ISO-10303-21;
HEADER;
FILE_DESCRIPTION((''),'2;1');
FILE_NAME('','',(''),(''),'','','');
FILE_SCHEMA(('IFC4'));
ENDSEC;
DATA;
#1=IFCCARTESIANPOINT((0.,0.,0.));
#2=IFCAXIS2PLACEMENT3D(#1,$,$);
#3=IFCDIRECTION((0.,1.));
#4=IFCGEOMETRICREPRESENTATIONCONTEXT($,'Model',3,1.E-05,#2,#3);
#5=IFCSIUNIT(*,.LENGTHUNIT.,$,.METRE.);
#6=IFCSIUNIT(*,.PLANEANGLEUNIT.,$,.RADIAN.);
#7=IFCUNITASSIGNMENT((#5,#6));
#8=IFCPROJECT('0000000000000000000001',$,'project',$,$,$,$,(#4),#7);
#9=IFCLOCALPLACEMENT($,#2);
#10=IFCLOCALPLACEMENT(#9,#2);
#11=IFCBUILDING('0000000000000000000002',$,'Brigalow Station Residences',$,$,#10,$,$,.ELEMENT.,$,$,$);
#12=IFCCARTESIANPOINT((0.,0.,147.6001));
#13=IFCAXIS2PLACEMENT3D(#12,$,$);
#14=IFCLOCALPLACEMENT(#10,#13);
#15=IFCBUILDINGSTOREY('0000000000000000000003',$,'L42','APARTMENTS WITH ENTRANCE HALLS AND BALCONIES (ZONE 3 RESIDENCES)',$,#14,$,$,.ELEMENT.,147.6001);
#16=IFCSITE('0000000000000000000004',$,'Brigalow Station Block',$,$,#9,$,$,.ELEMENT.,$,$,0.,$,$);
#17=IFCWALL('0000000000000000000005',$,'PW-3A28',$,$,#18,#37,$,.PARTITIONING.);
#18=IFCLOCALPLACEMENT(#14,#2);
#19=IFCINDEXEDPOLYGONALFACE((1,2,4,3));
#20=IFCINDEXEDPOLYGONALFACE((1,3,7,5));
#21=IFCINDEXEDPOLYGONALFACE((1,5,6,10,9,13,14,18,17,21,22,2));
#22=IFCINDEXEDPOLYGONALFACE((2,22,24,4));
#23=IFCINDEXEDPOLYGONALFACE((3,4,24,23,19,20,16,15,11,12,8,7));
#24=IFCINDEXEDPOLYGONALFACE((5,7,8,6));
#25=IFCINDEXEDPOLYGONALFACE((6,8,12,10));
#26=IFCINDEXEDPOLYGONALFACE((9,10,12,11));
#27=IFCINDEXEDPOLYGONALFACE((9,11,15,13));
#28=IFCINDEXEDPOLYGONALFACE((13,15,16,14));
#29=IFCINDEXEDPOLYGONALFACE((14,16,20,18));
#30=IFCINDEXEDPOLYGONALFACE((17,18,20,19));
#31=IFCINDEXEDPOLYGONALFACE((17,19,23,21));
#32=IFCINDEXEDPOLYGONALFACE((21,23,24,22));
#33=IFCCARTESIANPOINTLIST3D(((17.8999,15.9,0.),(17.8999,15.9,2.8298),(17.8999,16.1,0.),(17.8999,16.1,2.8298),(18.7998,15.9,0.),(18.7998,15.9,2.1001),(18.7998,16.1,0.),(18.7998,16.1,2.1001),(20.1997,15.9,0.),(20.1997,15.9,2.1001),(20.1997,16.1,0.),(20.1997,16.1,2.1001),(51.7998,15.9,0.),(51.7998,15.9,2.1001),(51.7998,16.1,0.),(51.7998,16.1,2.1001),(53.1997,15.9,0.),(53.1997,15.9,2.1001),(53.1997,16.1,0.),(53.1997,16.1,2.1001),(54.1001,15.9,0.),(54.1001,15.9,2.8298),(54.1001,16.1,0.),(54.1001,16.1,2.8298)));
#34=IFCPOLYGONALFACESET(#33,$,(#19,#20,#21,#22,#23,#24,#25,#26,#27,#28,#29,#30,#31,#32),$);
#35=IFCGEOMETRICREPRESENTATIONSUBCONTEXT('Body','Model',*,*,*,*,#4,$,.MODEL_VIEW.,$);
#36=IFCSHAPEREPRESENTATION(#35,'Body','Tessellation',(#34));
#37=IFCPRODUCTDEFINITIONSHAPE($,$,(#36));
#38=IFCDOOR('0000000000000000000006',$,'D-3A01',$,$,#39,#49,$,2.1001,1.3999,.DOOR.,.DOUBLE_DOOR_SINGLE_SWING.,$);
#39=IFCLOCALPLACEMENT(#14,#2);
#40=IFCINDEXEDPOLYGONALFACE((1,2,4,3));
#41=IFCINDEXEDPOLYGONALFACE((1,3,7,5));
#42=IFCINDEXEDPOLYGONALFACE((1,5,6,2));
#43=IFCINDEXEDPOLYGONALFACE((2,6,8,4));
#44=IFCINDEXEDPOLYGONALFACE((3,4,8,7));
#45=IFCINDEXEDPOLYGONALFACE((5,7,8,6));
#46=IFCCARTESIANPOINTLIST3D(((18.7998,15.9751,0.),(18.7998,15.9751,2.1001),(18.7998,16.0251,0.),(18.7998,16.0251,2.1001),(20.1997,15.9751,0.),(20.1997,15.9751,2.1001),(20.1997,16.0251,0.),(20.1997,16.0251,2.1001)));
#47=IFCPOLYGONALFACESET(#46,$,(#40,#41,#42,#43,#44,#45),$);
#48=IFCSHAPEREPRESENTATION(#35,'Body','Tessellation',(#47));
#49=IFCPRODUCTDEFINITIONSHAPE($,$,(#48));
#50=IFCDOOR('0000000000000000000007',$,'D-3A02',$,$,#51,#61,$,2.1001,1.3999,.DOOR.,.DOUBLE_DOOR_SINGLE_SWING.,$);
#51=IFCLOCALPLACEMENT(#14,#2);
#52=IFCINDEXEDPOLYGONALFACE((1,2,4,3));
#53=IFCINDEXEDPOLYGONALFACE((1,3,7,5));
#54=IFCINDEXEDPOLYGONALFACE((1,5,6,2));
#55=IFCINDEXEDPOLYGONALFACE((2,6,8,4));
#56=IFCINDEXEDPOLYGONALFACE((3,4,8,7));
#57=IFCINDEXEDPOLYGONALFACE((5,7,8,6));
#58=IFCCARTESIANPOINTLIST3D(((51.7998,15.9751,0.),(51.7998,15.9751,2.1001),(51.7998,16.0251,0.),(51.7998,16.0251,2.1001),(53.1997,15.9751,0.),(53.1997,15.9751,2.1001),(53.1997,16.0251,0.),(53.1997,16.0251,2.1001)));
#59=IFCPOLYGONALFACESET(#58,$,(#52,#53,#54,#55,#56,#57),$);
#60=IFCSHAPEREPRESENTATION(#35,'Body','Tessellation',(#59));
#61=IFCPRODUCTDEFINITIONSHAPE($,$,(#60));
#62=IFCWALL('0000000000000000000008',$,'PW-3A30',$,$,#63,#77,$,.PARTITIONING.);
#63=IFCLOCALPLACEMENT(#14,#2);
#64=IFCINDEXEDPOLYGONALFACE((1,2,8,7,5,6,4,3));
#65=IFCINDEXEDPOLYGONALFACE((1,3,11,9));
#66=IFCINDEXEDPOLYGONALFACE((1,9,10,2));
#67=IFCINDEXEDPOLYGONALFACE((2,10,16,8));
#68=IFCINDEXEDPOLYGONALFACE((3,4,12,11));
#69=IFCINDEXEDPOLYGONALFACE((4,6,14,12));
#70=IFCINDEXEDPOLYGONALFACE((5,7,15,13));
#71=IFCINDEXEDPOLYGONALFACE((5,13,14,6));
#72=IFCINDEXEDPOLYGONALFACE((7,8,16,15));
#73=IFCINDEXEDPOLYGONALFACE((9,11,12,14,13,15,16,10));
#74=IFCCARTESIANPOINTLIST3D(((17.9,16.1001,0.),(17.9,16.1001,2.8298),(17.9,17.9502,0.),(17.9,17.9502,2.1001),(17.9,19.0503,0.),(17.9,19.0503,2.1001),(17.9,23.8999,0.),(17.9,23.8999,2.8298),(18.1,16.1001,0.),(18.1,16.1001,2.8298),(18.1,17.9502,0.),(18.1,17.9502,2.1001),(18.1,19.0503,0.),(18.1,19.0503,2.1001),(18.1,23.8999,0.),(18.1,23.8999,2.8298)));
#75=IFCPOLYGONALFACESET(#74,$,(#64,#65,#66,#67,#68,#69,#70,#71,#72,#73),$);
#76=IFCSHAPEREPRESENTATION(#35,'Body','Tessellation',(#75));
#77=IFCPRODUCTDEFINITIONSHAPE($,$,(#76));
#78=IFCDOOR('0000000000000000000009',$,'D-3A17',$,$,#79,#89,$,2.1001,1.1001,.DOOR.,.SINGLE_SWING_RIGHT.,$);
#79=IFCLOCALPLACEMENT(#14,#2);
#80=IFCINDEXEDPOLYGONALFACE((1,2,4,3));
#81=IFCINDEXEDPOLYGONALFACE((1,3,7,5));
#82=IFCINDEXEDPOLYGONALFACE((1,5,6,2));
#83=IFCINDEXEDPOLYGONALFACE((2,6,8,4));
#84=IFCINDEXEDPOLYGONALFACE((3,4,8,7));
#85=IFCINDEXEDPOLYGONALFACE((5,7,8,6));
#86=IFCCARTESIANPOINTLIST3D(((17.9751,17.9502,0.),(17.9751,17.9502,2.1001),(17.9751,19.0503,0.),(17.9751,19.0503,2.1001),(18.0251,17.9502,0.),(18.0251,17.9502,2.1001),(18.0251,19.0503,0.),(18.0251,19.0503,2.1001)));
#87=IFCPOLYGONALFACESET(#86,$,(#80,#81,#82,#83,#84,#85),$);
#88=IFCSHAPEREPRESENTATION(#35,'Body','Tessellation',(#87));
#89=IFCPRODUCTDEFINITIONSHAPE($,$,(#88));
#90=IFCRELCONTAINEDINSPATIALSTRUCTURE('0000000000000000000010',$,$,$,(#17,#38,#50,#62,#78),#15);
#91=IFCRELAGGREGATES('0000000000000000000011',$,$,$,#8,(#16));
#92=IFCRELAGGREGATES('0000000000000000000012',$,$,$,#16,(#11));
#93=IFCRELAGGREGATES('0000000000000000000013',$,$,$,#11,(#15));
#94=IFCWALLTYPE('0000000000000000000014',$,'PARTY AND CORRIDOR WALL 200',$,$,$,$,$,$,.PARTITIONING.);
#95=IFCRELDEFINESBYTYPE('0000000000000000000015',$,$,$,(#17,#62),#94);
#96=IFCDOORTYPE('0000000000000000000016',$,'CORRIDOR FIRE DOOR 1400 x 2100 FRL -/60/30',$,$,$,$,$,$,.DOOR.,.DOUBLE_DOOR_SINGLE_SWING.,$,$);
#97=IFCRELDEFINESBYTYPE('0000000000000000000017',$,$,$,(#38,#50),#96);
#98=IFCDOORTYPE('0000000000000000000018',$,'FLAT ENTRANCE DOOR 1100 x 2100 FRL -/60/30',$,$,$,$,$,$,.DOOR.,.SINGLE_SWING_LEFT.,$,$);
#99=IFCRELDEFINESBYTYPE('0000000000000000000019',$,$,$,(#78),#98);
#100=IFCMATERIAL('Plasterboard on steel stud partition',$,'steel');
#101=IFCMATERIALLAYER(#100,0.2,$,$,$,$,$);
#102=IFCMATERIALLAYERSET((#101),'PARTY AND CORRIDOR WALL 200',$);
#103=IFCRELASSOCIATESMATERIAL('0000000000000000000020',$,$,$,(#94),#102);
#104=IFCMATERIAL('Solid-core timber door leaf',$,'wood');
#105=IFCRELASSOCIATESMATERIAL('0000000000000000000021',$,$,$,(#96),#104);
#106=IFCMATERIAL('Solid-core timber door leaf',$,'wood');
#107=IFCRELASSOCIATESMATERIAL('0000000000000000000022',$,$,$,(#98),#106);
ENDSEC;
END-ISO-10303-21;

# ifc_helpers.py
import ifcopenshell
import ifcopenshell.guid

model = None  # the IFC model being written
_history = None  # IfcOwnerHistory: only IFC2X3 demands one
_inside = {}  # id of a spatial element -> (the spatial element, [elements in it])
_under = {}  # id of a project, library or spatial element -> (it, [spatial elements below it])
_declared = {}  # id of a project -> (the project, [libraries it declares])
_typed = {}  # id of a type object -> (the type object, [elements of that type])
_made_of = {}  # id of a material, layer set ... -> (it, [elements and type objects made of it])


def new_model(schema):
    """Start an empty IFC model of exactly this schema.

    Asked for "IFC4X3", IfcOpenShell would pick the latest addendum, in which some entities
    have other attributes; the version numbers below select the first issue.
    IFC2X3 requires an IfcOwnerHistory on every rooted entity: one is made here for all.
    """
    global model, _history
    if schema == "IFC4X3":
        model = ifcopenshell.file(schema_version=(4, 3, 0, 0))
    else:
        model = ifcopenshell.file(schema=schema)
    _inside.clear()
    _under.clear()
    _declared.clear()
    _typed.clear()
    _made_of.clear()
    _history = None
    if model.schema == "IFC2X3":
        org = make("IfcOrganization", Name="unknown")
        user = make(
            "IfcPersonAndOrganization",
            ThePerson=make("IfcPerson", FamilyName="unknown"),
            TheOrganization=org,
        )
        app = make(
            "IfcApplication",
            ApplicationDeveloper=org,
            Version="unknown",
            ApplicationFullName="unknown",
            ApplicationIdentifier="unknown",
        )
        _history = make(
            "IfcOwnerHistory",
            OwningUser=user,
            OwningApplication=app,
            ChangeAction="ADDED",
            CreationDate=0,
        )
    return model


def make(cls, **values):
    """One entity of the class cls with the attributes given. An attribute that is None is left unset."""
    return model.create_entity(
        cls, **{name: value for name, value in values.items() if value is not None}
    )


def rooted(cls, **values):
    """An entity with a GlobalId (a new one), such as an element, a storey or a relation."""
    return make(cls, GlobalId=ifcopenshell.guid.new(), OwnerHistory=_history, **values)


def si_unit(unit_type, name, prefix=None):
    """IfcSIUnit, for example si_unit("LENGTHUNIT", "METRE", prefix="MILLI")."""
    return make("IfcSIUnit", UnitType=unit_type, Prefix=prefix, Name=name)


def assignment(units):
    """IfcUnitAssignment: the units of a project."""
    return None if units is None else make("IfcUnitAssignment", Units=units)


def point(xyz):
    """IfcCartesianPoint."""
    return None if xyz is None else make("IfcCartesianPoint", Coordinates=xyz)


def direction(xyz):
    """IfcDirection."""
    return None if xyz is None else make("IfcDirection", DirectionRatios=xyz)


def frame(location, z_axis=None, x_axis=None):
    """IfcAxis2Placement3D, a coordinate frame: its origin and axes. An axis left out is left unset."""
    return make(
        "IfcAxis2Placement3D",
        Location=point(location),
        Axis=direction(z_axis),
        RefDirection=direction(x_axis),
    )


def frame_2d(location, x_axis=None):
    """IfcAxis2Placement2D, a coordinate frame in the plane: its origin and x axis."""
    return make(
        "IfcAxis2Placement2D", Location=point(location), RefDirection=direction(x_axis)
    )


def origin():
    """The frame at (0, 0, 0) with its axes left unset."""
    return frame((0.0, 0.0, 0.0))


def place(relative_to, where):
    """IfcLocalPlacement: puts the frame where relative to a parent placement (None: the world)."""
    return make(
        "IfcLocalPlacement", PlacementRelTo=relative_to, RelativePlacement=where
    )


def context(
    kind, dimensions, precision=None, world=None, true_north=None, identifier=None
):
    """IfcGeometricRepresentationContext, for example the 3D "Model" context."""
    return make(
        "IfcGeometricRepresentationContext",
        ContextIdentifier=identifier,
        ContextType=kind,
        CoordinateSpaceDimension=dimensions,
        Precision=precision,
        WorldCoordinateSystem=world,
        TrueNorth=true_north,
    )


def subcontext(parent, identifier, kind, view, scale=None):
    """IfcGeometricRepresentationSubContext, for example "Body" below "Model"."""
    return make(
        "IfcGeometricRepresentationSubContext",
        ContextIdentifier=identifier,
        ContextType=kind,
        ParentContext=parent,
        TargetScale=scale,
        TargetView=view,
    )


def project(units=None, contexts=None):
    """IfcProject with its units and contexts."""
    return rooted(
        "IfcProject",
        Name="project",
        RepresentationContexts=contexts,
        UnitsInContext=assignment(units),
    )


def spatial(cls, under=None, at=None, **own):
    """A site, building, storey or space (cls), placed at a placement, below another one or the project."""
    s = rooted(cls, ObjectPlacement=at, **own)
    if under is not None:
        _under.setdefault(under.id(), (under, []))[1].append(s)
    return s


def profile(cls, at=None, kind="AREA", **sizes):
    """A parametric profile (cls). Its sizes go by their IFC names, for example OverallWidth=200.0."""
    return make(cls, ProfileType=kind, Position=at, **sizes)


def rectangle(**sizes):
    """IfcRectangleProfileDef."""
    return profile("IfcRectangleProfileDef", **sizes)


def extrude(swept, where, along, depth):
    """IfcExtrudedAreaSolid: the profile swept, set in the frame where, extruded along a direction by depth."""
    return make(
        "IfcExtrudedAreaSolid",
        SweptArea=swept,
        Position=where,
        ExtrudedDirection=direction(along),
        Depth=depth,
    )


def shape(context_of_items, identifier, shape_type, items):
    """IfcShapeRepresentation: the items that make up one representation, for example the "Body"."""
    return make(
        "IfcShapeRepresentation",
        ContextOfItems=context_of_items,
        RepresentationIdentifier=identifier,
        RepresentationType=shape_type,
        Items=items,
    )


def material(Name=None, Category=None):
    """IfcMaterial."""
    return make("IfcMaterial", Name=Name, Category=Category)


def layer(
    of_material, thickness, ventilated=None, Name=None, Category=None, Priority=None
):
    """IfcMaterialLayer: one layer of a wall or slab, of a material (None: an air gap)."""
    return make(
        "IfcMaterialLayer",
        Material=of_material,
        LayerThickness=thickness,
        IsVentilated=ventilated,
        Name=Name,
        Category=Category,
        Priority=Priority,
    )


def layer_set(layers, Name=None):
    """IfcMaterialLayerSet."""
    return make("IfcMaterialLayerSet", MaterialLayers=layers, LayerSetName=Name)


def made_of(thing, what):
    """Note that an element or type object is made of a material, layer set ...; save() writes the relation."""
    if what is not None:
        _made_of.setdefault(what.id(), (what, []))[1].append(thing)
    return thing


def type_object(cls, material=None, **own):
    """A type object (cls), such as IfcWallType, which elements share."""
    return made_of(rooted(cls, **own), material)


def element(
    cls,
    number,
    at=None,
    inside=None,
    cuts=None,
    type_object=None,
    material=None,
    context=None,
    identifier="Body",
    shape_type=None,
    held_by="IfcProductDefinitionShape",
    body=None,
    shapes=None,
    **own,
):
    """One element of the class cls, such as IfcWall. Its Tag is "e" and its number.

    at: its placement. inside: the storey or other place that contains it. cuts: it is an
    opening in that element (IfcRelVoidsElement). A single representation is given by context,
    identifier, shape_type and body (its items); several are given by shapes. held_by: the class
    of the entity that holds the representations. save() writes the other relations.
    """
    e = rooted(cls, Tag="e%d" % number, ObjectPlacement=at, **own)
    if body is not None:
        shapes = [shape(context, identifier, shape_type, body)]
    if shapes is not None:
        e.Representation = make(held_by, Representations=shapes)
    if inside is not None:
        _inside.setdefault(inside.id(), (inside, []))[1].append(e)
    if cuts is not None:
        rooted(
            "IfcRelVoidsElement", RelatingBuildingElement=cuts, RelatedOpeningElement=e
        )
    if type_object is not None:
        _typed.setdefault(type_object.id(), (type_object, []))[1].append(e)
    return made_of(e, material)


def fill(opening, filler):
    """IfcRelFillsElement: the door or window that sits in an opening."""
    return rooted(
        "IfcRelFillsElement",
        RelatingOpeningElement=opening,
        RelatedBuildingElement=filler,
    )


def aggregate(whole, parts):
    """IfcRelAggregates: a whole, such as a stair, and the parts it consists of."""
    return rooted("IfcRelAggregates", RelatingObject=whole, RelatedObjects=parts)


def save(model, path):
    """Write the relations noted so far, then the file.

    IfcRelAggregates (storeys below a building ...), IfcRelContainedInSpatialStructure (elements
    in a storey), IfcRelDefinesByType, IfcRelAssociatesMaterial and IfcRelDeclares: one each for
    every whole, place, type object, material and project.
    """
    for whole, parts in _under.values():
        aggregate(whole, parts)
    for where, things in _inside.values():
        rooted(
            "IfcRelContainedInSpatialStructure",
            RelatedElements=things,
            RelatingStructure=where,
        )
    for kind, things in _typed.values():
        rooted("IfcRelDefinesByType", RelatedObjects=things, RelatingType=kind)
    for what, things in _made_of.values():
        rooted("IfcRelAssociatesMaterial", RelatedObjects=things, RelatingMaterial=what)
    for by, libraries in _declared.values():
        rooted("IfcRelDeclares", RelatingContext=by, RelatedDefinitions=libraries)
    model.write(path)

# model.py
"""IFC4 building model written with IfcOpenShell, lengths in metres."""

from ifc_helpers import new_model, si_unit, direction, frame, frame_2d, origin, place, context, subcontext, project, spatial, rectangle, extrude, material, layer, layer_set, type_object, element, fill, save


model = new_model("IFC4")

# Units and contexts
model_context = context("Model", 3, precision=1e-05, world=origin(), true_north=direction((0.0, 1.0)))
body_context = subcontext(model_context, "Body", "Model", "MODEL_VIEW")
ifc_project = project(units=[si_unit("LENGTHUNIT", "METRE"), si_unit("PLANEANGLEUNIT", "RADIAN")], contexts=[model_context])

# Site, building, storey
site_placement = place(None, origin())
site = spatial("IfcSite", under=ifc_project, at=site_placement, Name="Brigalow Station Block", CompositionType="ELEMENT", RefElevation=0.0)
building_placement = place(site_placement, origin())
building = spatial("IfcBuilding", under=site, at=building_placement, Name="Brigalow Station Residences", CompositionType="ELEMENT")
storey_placement = place(building_placement, frame((0.0, 0.0, 147.6001)))
storey = spatial("IfcBuildingStorey", under=building, at=storey_placement, Name="L42", Description="APARTMENTS WITH ENTRANCE HALLS AND BALCONIES (ZONE 3 RESIDENCES)", CompositionType="ELEMENT", Elevation=147.6001)

# Wall, openings, doors
ifc_material_1 = material(Name="Plasterboard on steel stud partition", Category="steel")
ifc_layer_1 = layer(ifc_material_1, 0.2)
ifc_layer_set_1 = layer_set([ifc_layer_1], Name="PARTY AND CORRIDOR WALL 200")
wall_type_1 = type_object("IfcWallType", Name="PARTY AND CORRIDOR WALL 200", PredefinedType="PARTITIONING", material=ifc_layer_set_1)
wall_1_placement = place(storey_placement, frame((17.8999, 16.0, 0.0), z_axis=(0.0, 0.0, 1.0), x_axis=(1.0, 0.0, 0.0)))
wall_1 = element("IfcWall", 1, at=wall_1_placement, inside=storey, type_object=wall_type_1, Name="PW-3A28", PredefinedType="PARTITIONING", context=body_context, shape_type="SweptSolid", body=[
    extrude(rectangle(XDim=36.2002, YDim=0.2, at=frame_2d((18.1001, 0.0))), origin(), (0.0, 0.0, 1.0), 2.8298),
])
opening_1_placement = place(wall_1_placement, frame((0.8999, 0.0, 0.0)))
opening_1 = element("IfcOpeningElement", 2, at=opening_1_placement, cuts=wall_1, PredefinedType="OPENING", context=body_context, shape_type="SweptSolid", body=[
    extrude(rectangle(XDim=1.3999, YDim=2.1001, at=frame_2d((0.7, 1.05))), frame((0.0, 0.1099, 0.0), z_axis=(0.0, -1.0, 0.0), x_axis=(1.0, 0.0, 0.0)), (0.0, 0.0, 1.0), 0.22),
])
opening_2_placement = place(wall_1_placement, frame((33.8999, 0.0, 0.0)))
opening_2 = element("IfcOpeningElement", 3, at=opening_2_placement, cuts=wall_1, PredefinedType="OPENING", context=body_context, shape_type="SweptSolid", body=[
    extrude(rectangle(XDim=1.3999, YDim=2.1001, at=frame_2d((0.7, 1.05))), frame((0.0, 0.1099, 0.0), z_axis=(0.0, -1.0, 0.0), x_axis=(1.0, 0.0, 0.0)), (0.0, 0.0, 1.0), 0.22),
])
ifc_material_2 = material(Name="Solid-core timber door leaf", Category="wood")
door_type_1 = type_object("IfcDoorType", Name="CORRIDOR FIRE DOOR 1400 x 2100 FRL -/60/30", OperationType="DOUBLE_DOOR_SINGLE_SWING", PredefinedType="DOOR", material=ifc_material_2)
door_1_placement = place(opening_1_placement, frame((1.3999, 0.0, 0.0), z_axis=(0.0, 0.0, 1.0), x_axis=(-1.0, 0.0, 0.0)))
door_1 = element("IfcDoor", 4, at=door_1_placement, inside=storey, type_object=door_type_1, Name="D-3A01", OperationType="DOUBLE_DOOR_SINGLE_SWING", OverallHeight=2.1001, OverallWidth=1.3999, PredefinedType="DOOR", context=body_context, shape_type="SweptSolid", body=[
    extrude(rectangle(XDim=1.3999, YDim=2.1001, at=frame_2d((0.7, 1.05))), frame((0.0, 0.0249, 0.0), z_axis=(0.0, -1.0, 0.0), x_axis=(1.0, 0.0, 0.0)), (0.0, 0.0, 1.0), 0.05),
])
fill(opening_1, door_1)
door_2_placement = place(opening_2_placement, frame((1.3999, 0.0, 0.0), z_axis=(0.0, 0.0, 1.0), x_axis=(-1.0, 0.0, 0.0)))
door_2 = element("IfcDoor", 5, at=door_2_placement, inside=storey, type_object=door_type_1, Name="D-3A02", OperationType="DOUBLE_DOOR_SINGLE_SWING", OverallHeight=2.1001, OverallWidth=1.3999, PredefinedType="DOOR", context=body_context, shape_type="SweptSolid", body=[
    extrude(rectangle(XDim=1.3999, YDim=2.1001, at=frame_2d((0.7, 1.05))), frame((0.0, 0.0249, 0.0), z_axis=(0.0, -1.0, 0.0), x_axis=(1.0, 0.0, 0.0)), (0.0, 0.0, 1.0), 0.05),
])
fill(opening_2, door_2)

# Wall, opening, door
wall_2_placement = place(storey_placement, frame((18.0, 16.1001, 0.0), z_axis=(0.0, 0.0, 1.0), x_axis=(0.0, 1.0, 0.0)))
wall_2 = element("IfcWall", 6, at=wall_2_placement, inside=storey, type_object=wall_type_1, Name="PW-3A30", PredefinedType="PARTITIONING", context=body_context, shape_type="SweptSolid", body=[
    extrude(rectangle(XDim=7.7998, YDim=0.2, at=frame_2d((3.8999, 0.0))), origin(), (0.0, 0.0, 1.0), 2.8298),
])
opening_3_placement = place(wall_2_placement, frame((1.8501, 0.0, 0.0)))
opening_3 = element("IfcOpeningElement", 7, at=opening_3_placement, cuts=wall_2, PredefinedType="OPENING", context=body_context, shape_type="SweptSolid", body=[
    extrude(rectangle(XDim=1.1001, YDim=2.1001, at=frame_2d((0.55, 1.05))), frame((0.0, 0.1099, 0.0), z_axis=(0.0, -1.0, 0.0), x_axis=(1.0, 0.0, 0.0)), (0.0, 0.0, 1.0), 0.22),
])
ifc_material_3 = material(Name="Solid-core timber door leaf", Category="wood")
door_type_2 = type_object("IfcDoorType", Name="FLAT ENTRANCE DOOR 1100 x 2100 FRL -/60/30", OperationType="SINGLE_SWING_LEFT", PredefinedType="DOOR", material=ifc_material_3)
door_3_placement = place(opening_3_placement, origin())
door_3 = element("IfcDoor", 8, at=door_3_placement, inside=storey, type_object=door_type_2, Name="D-3A17", OperationType="SINGLE_SWING_RIGHT", OverallHeight=2.1001, OverallWidth=1.1001, PredefinedType="DOOR", context=body_context, shape_type="SweptSolid", body=[
    extrude(rectangle(XDim=1.1001, YDim=2.1001, at=frame_2d((0.55, 1.05))), frame((0.0, 0.0249, 0.0), z_axis=(0.0, -1.0, 0.0), x_axis=(1.0, 0.0, 0.0)), (0.0, 0.0, 1.0), 0.05),
])
fill(opening_3, door_3)

save(model, "model.ifc")
